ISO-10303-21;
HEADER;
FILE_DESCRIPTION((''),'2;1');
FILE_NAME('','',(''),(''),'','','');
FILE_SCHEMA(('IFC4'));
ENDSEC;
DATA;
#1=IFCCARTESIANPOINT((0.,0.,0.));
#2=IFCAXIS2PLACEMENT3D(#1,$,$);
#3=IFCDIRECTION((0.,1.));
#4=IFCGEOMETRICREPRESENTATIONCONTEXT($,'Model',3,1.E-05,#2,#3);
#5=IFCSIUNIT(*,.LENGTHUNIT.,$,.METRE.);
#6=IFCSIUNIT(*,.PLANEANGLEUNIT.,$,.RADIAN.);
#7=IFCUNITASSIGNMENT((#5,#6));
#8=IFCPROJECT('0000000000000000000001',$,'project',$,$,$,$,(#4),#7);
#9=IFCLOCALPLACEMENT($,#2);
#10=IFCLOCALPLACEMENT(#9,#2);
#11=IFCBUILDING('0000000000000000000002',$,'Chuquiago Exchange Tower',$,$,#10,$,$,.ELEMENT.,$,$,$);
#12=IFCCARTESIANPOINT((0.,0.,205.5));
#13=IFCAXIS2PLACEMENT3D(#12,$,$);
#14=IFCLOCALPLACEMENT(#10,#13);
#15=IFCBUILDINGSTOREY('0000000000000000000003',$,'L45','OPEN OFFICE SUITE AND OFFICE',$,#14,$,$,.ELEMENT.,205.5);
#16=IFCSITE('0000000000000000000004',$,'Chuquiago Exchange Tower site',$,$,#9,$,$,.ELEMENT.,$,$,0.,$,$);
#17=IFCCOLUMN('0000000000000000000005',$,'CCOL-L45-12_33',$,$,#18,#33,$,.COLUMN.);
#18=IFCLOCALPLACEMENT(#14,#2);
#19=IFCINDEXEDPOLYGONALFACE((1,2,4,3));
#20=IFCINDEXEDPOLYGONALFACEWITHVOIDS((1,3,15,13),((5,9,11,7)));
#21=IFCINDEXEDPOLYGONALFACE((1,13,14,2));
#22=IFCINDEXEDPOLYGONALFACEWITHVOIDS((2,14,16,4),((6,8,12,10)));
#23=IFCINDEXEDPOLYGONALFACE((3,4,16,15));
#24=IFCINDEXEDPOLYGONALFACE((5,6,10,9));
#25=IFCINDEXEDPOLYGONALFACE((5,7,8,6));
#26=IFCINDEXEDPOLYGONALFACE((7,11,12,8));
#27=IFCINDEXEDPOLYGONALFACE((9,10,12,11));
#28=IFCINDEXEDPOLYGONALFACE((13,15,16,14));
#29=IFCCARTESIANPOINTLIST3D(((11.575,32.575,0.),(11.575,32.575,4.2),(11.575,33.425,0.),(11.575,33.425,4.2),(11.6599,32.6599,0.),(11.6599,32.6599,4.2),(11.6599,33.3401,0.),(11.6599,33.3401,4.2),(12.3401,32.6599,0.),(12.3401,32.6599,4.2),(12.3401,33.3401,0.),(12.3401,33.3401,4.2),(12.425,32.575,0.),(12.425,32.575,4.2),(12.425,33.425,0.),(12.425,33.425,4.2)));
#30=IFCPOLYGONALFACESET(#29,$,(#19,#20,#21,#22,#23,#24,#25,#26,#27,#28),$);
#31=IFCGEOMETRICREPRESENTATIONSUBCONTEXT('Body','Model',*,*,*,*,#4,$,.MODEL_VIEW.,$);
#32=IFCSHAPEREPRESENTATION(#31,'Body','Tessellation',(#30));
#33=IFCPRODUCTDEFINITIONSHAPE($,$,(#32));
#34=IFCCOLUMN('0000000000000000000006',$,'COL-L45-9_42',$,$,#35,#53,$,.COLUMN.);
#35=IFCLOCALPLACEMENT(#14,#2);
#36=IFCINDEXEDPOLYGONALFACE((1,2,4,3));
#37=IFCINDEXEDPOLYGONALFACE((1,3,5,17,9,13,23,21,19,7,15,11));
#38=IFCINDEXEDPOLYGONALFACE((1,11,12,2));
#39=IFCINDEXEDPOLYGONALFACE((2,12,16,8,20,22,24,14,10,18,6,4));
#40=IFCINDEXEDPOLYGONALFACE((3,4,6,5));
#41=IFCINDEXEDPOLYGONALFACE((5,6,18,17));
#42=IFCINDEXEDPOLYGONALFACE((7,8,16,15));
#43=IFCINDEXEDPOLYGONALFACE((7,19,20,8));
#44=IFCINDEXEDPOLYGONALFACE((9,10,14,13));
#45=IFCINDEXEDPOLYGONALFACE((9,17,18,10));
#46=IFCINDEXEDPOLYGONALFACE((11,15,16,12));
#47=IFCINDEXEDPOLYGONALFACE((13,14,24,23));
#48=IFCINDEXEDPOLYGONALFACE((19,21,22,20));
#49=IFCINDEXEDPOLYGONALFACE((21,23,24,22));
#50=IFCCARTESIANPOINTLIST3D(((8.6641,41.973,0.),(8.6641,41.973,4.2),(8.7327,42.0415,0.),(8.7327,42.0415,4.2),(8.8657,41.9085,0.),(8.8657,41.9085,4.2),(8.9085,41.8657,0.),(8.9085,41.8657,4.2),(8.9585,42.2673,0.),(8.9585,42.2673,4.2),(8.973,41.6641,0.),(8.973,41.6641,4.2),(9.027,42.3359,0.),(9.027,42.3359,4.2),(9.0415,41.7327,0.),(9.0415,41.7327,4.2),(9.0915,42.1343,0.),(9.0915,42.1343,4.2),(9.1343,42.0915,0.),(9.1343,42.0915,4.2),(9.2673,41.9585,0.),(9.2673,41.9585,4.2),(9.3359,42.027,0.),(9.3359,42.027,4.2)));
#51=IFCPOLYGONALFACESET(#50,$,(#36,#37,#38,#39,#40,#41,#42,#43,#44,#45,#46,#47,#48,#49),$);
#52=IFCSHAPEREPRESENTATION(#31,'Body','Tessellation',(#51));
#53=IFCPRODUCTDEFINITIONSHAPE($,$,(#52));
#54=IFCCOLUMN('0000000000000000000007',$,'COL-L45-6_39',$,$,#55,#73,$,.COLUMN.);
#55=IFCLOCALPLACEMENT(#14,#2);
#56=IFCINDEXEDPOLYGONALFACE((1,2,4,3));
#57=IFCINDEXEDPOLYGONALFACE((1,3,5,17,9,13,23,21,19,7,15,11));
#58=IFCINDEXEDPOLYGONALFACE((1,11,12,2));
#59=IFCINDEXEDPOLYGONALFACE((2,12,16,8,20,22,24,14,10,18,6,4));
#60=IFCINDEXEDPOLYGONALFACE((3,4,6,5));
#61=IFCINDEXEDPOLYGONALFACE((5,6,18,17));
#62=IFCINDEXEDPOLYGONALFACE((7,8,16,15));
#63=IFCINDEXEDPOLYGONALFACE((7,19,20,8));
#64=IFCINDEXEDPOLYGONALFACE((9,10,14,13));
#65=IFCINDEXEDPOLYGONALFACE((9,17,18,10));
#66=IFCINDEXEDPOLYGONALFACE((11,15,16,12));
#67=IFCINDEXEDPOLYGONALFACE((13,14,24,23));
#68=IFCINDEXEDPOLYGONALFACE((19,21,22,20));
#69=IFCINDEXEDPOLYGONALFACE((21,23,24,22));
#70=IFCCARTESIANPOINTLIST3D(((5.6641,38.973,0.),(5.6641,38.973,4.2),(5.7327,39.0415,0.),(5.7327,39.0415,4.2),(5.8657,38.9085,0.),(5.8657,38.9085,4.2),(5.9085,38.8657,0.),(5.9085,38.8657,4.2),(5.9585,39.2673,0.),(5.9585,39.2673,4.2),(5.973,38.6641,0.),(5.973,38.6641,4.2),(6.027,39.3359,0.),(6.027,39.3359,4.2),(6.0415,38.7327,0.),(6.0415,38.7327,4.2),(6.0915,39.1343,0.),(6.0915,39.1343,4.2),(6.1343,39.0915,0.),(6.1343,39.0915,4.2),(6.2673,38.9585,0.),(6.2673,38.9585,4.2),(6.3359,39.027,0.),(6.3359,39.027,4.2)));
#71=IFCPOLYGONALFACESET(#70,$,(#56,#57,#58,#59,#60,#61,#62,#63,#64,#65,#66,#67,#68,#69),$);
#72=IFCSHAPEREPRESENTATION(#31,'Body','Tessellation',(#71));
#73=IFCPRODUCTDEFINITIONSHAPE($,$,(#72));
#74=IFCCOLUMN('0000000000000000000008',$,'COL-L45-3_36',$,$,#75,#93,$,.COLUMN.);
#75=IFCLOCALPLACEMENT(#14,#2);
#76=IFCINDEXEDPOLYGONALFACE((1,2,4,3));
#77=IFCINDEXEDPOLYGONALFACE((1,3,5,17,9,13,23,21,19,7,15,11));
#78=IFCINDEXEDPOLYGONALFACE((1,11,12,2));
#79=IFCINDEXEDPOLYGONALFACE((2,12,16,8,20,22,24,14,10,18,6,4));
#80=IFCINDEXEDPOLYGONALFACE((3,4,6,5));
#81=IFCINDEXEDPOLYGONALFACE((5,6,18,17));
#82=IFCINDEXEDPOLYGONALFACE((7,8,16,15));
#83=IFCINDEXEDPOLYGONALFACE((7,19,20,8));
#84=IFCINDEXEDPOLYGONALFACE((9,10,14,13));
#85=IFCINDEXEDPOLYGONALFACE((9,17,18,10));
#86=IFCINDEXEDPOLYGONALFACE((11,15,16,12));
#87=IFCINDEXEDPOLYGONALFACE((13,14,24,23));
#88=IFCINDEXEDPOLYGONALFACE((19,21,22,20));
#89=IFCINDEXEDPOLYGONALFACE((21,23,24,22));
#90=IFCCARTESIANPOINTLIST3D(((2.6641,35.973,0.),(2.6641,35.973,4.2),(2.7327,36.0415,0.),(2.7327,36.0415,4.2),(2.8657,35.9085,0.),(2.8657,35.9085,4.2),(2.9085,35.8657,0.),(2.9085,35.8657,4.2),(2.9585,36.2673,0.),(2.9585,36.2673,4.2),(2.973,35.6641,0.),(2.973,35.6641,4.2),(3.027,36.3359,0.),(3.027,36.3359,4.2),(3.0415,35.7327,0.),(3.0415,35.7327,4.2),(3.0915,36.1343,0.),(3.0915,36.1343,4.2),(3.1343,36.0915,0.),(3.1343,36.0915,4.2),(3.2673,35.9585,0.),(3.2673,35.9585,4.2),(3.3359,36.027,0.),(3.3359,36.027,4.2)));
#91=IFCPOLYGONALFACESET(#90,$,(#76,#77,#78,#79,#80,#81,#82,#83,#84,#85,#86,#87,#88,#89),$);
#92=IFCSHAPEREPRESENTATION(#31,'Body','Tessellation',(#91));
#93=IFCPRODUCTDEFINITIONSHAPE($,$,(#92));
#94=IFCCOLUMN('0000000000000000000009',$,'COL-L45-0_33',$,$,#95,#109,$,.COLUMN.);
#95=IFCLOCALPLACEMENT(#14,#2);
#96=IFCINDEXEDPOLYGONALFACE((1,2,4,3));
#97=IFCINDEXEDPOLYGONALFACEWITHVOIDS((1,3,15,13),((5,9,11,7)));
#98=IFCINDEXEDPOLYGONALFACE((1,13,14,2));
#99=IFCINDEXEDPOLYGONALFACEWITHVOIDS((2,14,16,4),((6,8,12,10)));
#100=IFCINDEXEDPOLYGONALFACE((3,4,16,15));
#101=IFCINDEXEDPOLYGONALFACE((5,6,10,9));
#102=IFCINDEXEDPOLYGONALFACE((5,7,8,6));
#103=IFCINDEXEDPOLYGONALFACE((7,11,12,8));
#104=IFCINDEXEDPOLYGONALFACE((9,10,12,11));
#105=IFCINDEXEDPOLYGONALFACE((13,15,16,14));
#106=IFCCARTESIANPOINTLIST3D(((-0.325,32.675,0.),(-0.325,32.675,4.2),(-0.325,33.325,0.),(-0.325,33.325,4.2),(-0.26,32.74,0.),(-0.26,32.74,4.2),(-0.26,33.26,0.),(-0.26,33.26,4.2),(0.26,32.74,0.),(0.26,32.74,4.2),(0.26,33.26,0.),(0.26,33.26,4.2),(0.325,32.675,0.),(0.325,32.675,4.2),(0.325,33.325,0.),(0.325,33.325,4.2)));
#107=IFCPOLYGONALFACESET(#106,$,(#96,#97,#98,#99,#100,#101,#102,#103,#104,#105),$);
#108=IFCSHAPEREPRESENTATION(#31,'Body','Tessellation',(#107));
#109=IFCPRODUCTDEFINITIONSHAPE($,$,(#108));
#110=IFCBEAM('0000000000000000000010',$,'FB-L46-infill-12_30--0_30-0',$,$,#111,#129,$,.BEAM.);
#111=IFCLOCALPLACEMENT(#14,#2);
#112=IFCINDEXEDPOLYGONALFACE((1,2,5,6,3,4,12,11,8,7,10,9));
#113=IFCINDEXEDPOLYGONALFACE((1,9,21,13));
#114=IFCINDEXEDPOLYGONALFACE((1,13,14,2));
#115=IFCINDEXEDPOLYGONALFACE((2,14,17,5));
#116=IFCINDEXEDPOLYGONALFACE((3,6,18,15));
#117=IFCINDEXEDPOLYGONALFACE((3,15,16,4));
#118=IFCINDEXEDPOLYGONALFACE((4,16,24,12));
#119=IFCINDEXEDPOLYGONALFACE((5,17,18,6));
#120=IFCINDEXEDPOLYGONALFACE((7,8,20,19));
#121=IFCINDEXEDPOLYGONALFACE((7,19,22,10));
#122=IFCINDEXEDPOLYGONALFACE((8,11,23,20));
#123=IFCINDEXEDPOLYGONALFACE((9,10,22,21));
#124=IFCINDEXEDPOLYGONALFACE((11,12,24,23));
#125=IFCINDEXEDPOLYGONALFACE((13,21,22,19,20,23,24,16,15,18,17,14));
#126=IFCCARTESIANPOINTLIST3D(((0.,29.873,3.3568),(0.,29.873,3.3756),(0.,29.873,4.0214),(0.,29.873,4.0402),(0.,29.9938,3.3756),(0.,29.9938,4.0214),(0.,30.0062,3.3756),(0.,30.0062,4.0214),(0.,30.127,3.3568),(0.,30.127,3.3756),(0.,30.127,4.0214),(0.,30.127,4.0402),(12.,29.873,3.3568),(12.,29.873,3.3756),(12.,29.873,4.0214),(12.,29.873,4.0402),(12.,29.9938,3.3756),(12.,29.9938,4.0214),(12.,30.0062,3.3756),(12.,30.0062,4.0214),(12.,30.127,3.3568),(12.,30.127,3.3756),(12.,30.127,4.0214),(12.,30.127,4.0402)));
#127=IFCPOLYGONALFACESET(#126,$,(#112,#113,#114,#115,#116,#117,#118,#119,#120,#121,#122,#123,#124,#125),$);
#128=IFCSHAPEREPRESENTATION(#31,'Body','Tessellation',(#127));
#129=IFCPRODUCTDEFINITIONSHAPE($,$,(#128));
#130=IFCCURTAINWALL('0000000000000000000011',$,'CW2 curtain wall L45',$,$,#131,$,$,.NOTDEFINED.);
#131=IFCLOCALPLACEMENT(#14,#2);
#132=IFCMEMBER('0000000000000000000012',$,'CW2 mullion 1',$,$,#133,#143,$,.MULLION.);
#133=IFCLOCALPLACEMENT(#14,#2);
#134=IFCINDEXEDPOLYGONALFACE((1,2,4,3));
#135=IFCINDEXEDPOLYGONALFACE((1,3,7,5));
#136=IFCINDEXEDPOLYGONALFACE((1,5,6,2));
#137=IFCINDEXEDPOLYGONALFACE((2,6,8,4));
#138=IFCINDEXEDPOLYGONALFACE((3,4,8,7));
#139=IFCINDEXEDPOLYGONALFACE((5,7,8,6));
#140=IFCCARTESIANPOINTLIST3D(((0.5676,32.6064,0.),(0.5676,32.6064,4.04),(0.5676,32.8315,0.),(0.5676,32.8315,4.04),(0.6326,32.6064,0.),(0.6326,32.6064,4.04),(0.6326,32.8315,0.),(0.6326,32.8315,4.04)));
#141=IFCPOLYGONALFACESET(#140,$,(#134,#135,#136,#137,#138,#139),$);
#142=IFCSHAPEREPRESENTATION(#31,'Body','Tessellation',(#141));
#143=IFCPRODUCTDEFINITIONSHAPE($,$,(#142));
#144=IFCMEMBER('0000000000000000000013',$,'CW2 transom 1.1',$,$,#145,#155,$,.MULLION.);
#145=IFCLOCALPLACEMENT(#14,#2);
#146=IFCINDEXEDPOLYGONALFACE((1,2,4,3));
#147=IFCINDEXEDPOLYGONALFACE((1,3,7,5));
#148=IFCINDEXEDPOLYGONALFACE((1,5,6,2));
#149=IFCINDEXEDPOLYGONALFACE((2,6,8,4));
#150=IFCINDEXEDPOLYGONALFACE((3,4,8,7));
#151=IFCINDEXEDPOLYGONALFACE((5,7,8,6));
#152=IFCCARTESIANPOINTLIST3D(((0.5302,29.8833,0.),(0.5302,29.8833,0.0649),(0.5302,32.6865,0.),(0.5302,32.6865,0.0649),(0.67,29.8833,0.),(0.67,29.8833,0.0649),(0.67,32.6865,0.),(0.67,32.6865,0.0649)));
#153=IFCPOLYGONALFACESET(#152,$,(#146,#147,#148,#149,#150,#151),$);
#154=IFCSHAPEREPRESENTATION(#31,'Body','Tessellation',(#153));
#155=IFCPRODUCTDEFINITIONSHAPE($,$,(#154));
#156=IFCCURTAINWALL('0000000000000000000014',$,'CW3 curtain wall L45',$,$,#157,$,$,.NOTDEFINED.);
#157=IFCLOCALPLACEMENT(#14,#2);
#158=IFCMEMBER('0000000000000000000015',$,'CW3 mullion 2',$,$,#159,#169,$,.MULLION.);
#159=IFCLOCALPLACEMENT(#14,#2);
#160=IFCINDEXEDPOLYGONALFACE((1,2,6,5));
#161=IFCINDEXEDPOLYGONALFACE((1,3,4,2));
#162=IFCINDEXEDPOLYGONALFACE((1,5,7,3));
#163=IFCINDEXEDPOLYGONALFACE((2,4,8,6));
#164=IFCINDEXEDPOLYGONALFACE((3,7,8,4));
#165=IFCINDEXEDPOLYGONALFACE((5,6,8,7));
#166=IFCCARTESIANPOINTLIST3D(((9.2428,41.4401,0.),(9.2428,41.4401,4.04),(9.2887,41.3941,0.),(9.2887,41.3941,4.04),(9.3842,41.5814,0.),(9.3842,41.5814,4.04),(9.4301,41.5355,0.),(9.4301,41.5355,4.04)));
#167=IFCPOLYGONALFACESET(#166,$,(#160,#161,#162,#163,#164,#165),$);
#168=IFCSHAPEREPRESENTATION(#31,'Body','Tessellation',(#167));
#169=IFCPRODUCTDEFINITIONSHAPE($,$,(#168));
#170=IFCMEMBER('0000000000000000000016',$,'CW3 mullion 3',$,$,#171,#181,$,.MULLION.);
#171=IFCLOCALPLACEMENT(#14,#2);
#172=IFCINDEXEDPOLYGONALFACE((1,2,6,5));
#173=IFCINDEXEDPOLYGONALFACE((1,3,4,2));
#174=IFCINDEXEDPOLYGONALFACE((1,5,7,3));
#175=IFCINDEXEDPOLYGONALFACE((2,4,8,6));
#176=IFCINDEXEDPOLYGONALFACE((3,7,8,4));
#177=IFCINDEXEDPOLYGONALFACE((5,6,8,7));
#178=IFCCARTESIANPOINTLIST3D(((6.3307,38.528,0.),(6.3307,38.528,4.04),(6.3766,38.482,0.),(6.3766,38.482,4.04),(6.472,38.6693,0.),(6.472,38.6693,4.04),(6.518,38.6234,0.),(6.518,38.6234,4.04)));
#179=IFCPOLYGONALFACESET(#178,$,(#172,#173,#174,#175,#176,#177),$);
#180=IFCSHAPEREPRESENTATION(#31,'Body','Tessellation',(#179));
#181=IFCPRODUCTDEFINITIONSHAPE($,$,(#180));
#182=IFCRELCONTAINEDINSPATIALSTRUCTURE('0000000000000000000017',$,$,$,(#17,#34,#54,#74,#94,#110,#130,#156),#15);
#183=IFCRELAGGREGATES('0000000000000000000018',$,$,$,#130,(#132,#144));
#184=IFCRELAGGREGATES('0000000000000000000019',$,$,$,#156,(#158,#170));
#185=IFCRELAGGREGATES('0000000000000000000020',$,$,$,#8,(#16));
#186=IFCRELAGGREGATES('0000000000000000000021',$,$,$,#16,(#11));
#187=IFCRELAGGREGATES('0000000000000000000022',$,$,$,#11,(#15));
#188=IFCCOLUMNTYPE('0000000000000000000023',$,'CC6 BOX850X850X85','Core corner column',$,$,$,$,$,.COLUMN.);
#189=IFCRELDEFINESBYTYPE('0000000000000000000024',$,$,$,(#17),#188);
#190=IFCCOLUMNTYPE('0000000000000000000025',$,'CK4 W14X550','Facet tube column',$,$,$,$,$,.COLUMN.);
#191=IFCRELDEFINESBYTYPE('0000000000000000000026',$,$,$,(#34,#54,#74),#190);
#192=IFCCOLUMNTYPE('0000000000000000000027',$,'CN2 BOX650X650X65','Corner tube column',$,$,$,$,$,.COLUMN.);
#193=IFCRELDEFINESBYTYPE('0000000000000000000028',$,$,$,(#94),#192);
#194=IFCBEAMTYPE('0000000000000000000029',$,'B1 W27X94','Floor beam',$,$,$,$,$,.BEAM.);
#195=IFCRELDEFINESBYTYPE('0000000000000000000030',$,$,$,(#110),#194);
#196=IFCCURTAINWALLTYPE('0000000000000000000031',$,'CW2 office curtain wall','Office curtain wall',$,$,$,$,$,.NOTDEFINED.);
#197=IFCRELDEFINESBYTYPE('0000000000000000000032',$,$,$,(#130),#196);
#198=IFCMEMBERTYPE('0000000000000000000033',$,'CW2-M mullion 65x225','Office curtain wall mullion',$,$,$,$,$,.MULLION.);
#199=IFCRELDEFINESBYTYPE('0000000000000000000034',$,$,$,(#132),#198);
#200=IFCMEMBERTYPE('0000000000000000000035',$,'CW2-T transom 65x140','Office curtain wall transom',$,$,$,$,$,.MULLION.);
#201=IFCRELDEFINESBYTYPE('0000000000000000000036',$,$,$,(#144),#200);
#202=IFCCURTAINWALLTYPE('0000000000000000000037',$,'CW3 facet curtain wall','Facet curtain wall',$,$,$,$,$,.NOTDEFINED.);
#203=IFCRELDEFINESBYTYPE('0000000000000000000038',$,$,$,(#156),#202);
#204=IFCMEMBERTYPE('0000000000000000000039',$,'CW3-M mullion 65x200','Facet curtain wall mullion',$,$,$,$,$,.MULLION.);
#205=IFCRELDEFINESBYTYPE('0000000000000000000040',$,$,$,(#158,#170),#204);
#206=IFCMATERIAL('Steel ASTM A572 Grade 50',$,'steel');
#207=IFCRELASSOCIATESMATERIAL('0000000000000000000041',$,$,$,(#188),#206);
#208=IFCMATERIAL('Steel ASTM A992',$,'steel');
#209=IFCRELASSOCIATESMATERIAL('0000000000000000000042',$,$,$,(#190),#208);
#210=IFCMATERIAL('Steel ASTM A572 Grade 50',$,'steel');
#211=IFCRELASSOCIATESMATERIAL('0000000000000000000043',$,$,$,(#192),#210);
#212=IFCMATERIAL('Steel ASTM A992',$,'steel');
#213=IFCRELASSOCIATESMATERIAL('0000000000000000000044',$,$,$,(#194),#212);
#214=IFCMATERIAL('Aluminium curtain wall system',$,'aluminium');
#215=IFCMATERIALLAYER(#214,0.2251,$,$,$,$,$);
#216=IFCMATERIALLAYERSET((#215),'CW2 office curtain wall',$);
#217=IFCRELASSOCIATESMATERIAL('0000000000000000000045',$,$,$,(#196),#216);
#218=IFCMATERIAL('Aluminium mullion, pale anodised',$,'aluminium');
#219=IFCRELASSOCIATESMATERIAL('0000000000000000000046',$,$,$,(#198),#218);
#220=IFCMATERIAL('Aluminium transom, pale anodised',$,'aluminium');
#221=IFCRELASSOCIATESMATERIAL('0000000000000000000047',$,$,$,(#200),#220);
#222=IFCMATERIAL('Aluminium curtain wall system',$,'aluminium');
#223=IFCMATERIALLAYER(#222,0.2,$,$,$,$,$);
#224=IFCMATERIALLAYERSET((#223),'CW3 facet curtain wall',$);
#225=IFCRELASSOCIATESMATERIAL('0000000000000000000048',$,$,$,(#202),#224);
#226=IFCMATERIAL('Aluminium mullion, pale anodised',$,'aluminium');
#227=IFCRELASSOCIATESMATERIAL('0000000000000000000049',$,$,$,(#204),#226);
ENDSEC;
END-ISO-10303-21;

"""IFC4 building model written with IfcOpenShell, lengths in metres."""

from ifc_helpers import new_model, si_unit, direction, frame, origin, origin_2d, place, context, subcontext, project, spatial, rectangle, hollow_rectangle, i_section, extrude, material, layer, layer_set, material_profile, profile_set, type_object, element, aggregate, save


model = new_model("IFC4")

# Units and contexts
model_context = context("Model", 3, precision=1e-05, world=origin(), true_north=direction((0.0, 1.0)))
body_context = subcontext(model_context, "Body", "Model", "MODEL_VIEW")
ifc_project = project(units=[si_unit("LENGTHUNIT", "METRE"), si_unit("PLANEANGLEUNIT", "RADIAN")], contexts=[model_context])

# Site, building, storey
site_placement = place(None, origin())
site = spatial("IfcSite", under=ifc_project, at=site_placement, Name="Chuquiago Exchange Tower site", CompositionType="ELEMENT", RefElevation=0.0)
building_placement = place(site_placement, origin())
building = spatial("IfcBuilding", under=site, at=building_placement, Name="Chuquiago Exchange Tower", CompositionType="ELEMENT")
storey_placement = place(building_placement, frame((0.0, 0.0, 205.5)))
storey = spatial("IfcBuildingStorey", under=building, at=storey_placement, Name="L45", Description="OPEN OFFICE SUITE AND OFFICE", CompositionType="ELEMENT", Elevation=205.5)

# Columns
ifc_material_1 = material(Name="Steel ASTM A572 Grade 50", Category="steel")
ifc_material_profile_1 = material_profile(ifc_material_1, hollow_rectangle(XDim=0.8501, YDim=0.8501, WallThickness=0.085, at=origin_2d()), Name="BOX850X850X85")
ifc_profile_set_1 = profile_set([ifc_material_profile_1], Name="Steel ASTM A572 Grade 50")
column_type_1 = type_object("IfcColumnType", Name="CC6 BOX850X850X85", Description="Core corner column", PredefinedType="COLUMN", material=ifc_profile_set_1)
column_1_placement = place(storey_placement, frame((12.0, 33.0, 0.0), z_axis=(0.0, 0.0, 1.0), x_axis=(1.0, 0.0, 0.0)))
element("IfcColumn", 1, at=column_1_placement, inside=storey, type_object=column_type_1, Name="CCOL-L45-12_33", PredefinedType="COLUMN", context=body_context, shape_type="SweptSolid", body=[
    extrude(hollow_rectangle(XDim=0.8501, YDim=0.8501, WallThickness=0.085, at=origin_2d()), origin(), (0.0, 0.0, 1.0), 4.2),
])
ifc_material_2 = material(Name="Steel ASTM A992", Category="steel")
ifc_material_profile_2 = material_profile(ifc_material_2, i_section(OverallWidth=0.4368, OverallDepth=0.5132, WebThickness=0.0605, FlangeThickness=0.0969, at=origin_2d()), Name="W14X550")
ifc_profile_set_2 = profile_set([ifc_material_profile_2], Name="Steel ASTM A992")
column_type_2 = type_object("IfcColumnType", Name="CK4 W14X550", Description="Facet tube column", PredefinedType="COLUMN", material=ifc_profile_set_2)
for number, where, z_axis, x_axis, name in (
    (2, (9.0, 42.0, 0.0), (0.0, 0.0, 1.0), (-0.707107, 0.707107, 0.0), "COL-L45-9_42"),
    (3, (6.0, 39.0, 0.0), (0.0, 0.0, 1.0), (-0.707107, 0.707107, 0.0), "COL-L45-6_39"),
    (4, (3.0, 36.0, 0.0), (0.0, 0.0, 1.0), (-0.707107, 0.707107, 0.0), "COL-L45-3_36"),
):
    element("IfcColumn", number, at=place(storey_placement, frame(where, z_axis=z_axis, x_axis=x_axis)), inside=storey, type_object=column_type_2, Name=name, PredefinedType="COLUMN", context=body_context, shape_type="SweptSolid", body=[
        extrude(i_section(OverallWidth=0.4368, OverallDepth=0.5132, WebThickness=0.0605, FlangeThickness=0.0969, at=origin_2d()), origin(), (0.0, 0.0, 1.0), 4.2),
    ])
ifc_material_3 = material(Name="Steel ASTM A572 Grade 50", Category="steel")
ifc_material_profile_3 = material_profile(ifc_material_3, hollow_rectangle(XDim=0.6499, YDim=0.6499, WallThickness=0.0649, at=origin_2d()), Name="BOX650X650X65")
ifc_profile_set_3 = profile_set([ifc_material_profile_3], Name="Steel ASTM A572 Grade 50")
column_type_3 = type_object("IfcColumnType", Name="CN2 BOX650X650X65", Description="Corner tube column", PredefinedType="COLUMN", material=ifc_profile_set_3)
column_2_placement = place(storey_placement, frame((0.0, 33.0, 0.0), z_axis=(0.0, 0.0, 1.0), x_axis=(-1.0, 0.0, 0.0)))
element("IfcColumn", 5, at=column_2_placement, inside=storey, type_object=column_type_3, Name="COL-L45-0_33", PredefinedType="COLUMN", context=body_context, shape_type="SweptSolid", body=[
    extrude(hollow_rectangle(XDim=0.6499, YDim=0.6499, WallThickness=0.0649, at=origin_2d()), origin(), (0.0, 0.0, 1.0), 4.2),
])

# Beam
ifc_material_4 = material(Name="Steel ASTM A992", Category="steel")
ifc_material_profile_4 = material_profile(ifc_material_4, i_section(OverallWidth=0.2539, OverallDepth=0.6833, WebThickness=0.0125, FlangeThickness=0.0188, at=origin_2d()), Name="W27X94")
ifc_profile_set_4 = profile_set([ifc_material_profile_4], Name="Steel ASTM A992")
beam_type_1 = type_object("IfcBeamType", Name="B1 W27X94", Description="Floor beam", PredefinedType="BEAM", material=ifc_profile_set_4)
beam_1_placement = place(storey_placement, frame((12.0, 30.0, 3.6985), z_axis=(-1.0, 0.0, 0.0), x_axis=(0.0, -1.0, 0.0)))
element("IfcBeam", 6, at=beam_1_placement, inside=storey, type_object=beam_type_1, Name="FB-L46-infill-12_30--0_30-0", PredefinedType="BEAM", context=body_context, shape_type="SweptSolid", body=[
    extrude(i_section(OverallWidth=0.2539, OverallDepth=0.6833, WebThickness=0.0125, FlangeThickness=0.0188, at=origin_2d()), origin(), (0.0, 0.0, 1.0), 12.0),
])

# Curtain walls, members
ifc_material_5 = material(Name="Aluminium curtain wall system", Category="aluminium")
ifc_layer_1 = layer(ifc_material_5, 0.2251)
ifc_layer_set_1 = layer_set([ifc_layer_1], Name="CW2 office curtain wall")
curtain_wall_type_1 = type_object("IfcCurtainWallType", Name="CW2 office curtain wall", Description="Office curtain wall", PredefinedType="NOTDEFINED", material=ifc_layer_set_1)
curtain_wall_1_placement = place(storey_placement, origin())
curtain_wall_1 = element("IfcCurtainWall", 7, at=curtain_wall_1_placement, inside=storey, type_object=curtain_wall_type_1, Name="CW2 curtain wall L45", PredefinedType="NOTDEFINED")
ifc_material_6 = material(Name="Aluminium mullion, pale anodised", Category="aluminium")
ifc_material_profile_5 = material_profile(ifc_material_6, rectangle(XDim=0.0649, YDim=0.2251, at=origin_2d()), Name="AL 65x225")
ifc_profile_set_5 = profile_set([ifc_material_profile_5], Name="Aluminium mullion, pale anodised")
member_type_1 = type_object("IfcMemberType", Name="CW2-M mullion 65x225", Description="Office curtain wall mullion", PredefinedType="MULLION", material=ifc_profile_set_5)
member_1_placement = place(storey_placement, frame((0.6001, 32.719, 0.0), z_axis=(0.0, 0.0, 1.0), x_axis=(1.0, 0.0, 0.0)))
member_1 = element("IfcMember", 8, at=member_1_placement, type_object=member_type_1, Name="CW2 mullion 1", PredefinedType="MULLION", context=body_context, shape_type="SweptSolid", body=[
    extrude(rectangle(XDim=0.0649, YDim=0.2251, at=origin_2d()), origin(), (0.0, 0.0, 1.0), 4.04),
])
ifc_material_7 = material(Name="Aluminium transom, pale anodised", Category="aluminium")
ifc_material_profile_6 = material_profile(ifc_material_7, rectangle(XDim=0.1399, YDim=0.0649, at=origin_2d()), Name="AL 140x65")
ifc_profile_set_6 = profile_set([ifc_material_profile_6], Name="Aluminium transom, pale anodised")
member_type_2 = type_object("IfcMemberType", Name="CW2-T transom 65x140", Description="Office curtain wall transom", PredefinedType="MULLION", material=ifc_profile_set_6)
member_2_placement = place(storey_placement, frame((0.6001, 32.6865, 0.0325), z_axis=(0.0, -1.0, 0.0), x_axis=(1.0, 0.0, 0.0)))
member_2 = element("IfcMember", 9, at=member_2_placement, type_object=member_type_2, Name="CW2 transom 1.1", PredefinedType="MULLION", context=body_context, shape_type="SweptSolid", body=[
    extrude(rectangle(XDim=0.1399, YDim=0.0649, at=origin_2d()), origin(), (0.0, 0.0, 1.0), 2.8032),
])
ifc_material_8 = material(Name="Aluminium curtain wall system", Category="aluminium")
ifc_layer_2 = layer(ifc_material_8, 0.2)
ifc_layer_set_2 = layer_set([ifc_layer_2], Name="CW3 facet curtain wall")
curtain_wall_type_2 = type_object("IfcCurtainWallType", Name="CW3 facet curtain wall", Description="Facet curtain wall", PredefinedType="NOTDEFINED", material=ifc_layer_set_2)
curtain_wall_2_placement = place(storey_placement, origin())
curtain_wall_2 = element("IfcCurtainWall", 10, at=curtain_wall_2_placement, inside=storey, type_object=curtain_wall_type_2, Name="CW3 curtain wall L45", PredefinedType="NOTDEFINED")
ifc_material_9 = material(Name="Aluminium mullion, pale anodised", Category="aluminium")
ifc_material_profile_7 = material_profile(ifc_material_9, rectangle(XDim=0.0649, YDim=0.2, at=origin_2d()), Name="AL 65x200")
ifc_profile_set_7 = profile_set([ifc_material_profile_7], Name="Aluminium mullion, pale anodised")
member_type_3 = type_object("IfcMemberType", Name="CW3-M mullion 65x200", Description="Facet curtain wall mullion", PredefinedType="MULLION", material=ifc_profile_set_7)
member_3_placement = place(storey_placement, frame((9.3364, 41.4878, 0.0), z_axis=(0.0, 0.0, 1.0), x_axis=(0.707107, -0.707107, 0.0)))
member_3 = element("IfcMember", 11, at=member_3_placement, type_object=member_type_3, Name="CW3 mullion 2", PredefinedType="MULLION", context=body_context, shape_type="SweptSolid", body=[
    extrude(rectangle(XDim=0.0649, YDim=0.2, at=origin_2d()), origin(), (0.0, 0.0, 1.0), 4.04),
])
member_4_placement = place(storey_placement, frame((6.4243, 38.5757, 0.0), z_axis=(0.0, 0.0, 1.0), x_axis=(0.707107, -0.707107, 0.0)))
member_4 = element("IfcMember", 12, at=member_4_placement, type_object=member_type_3, Name="CW3 mullion 3", PredefinedType="MULLION", context=body_context, shape_type="SweptSolid", body=[
    extrude(rectangle(XDim=0.0649, YDim=0.2, at=origin_2d()), origin(), (0.0, 0.0, 1.0), 4.04),
])

aggregate(curtain_wall_1, [member_1, member_2])
aggregate(curtain_wall_2, [member_3, member_4])

save(model, "model.ifc")
